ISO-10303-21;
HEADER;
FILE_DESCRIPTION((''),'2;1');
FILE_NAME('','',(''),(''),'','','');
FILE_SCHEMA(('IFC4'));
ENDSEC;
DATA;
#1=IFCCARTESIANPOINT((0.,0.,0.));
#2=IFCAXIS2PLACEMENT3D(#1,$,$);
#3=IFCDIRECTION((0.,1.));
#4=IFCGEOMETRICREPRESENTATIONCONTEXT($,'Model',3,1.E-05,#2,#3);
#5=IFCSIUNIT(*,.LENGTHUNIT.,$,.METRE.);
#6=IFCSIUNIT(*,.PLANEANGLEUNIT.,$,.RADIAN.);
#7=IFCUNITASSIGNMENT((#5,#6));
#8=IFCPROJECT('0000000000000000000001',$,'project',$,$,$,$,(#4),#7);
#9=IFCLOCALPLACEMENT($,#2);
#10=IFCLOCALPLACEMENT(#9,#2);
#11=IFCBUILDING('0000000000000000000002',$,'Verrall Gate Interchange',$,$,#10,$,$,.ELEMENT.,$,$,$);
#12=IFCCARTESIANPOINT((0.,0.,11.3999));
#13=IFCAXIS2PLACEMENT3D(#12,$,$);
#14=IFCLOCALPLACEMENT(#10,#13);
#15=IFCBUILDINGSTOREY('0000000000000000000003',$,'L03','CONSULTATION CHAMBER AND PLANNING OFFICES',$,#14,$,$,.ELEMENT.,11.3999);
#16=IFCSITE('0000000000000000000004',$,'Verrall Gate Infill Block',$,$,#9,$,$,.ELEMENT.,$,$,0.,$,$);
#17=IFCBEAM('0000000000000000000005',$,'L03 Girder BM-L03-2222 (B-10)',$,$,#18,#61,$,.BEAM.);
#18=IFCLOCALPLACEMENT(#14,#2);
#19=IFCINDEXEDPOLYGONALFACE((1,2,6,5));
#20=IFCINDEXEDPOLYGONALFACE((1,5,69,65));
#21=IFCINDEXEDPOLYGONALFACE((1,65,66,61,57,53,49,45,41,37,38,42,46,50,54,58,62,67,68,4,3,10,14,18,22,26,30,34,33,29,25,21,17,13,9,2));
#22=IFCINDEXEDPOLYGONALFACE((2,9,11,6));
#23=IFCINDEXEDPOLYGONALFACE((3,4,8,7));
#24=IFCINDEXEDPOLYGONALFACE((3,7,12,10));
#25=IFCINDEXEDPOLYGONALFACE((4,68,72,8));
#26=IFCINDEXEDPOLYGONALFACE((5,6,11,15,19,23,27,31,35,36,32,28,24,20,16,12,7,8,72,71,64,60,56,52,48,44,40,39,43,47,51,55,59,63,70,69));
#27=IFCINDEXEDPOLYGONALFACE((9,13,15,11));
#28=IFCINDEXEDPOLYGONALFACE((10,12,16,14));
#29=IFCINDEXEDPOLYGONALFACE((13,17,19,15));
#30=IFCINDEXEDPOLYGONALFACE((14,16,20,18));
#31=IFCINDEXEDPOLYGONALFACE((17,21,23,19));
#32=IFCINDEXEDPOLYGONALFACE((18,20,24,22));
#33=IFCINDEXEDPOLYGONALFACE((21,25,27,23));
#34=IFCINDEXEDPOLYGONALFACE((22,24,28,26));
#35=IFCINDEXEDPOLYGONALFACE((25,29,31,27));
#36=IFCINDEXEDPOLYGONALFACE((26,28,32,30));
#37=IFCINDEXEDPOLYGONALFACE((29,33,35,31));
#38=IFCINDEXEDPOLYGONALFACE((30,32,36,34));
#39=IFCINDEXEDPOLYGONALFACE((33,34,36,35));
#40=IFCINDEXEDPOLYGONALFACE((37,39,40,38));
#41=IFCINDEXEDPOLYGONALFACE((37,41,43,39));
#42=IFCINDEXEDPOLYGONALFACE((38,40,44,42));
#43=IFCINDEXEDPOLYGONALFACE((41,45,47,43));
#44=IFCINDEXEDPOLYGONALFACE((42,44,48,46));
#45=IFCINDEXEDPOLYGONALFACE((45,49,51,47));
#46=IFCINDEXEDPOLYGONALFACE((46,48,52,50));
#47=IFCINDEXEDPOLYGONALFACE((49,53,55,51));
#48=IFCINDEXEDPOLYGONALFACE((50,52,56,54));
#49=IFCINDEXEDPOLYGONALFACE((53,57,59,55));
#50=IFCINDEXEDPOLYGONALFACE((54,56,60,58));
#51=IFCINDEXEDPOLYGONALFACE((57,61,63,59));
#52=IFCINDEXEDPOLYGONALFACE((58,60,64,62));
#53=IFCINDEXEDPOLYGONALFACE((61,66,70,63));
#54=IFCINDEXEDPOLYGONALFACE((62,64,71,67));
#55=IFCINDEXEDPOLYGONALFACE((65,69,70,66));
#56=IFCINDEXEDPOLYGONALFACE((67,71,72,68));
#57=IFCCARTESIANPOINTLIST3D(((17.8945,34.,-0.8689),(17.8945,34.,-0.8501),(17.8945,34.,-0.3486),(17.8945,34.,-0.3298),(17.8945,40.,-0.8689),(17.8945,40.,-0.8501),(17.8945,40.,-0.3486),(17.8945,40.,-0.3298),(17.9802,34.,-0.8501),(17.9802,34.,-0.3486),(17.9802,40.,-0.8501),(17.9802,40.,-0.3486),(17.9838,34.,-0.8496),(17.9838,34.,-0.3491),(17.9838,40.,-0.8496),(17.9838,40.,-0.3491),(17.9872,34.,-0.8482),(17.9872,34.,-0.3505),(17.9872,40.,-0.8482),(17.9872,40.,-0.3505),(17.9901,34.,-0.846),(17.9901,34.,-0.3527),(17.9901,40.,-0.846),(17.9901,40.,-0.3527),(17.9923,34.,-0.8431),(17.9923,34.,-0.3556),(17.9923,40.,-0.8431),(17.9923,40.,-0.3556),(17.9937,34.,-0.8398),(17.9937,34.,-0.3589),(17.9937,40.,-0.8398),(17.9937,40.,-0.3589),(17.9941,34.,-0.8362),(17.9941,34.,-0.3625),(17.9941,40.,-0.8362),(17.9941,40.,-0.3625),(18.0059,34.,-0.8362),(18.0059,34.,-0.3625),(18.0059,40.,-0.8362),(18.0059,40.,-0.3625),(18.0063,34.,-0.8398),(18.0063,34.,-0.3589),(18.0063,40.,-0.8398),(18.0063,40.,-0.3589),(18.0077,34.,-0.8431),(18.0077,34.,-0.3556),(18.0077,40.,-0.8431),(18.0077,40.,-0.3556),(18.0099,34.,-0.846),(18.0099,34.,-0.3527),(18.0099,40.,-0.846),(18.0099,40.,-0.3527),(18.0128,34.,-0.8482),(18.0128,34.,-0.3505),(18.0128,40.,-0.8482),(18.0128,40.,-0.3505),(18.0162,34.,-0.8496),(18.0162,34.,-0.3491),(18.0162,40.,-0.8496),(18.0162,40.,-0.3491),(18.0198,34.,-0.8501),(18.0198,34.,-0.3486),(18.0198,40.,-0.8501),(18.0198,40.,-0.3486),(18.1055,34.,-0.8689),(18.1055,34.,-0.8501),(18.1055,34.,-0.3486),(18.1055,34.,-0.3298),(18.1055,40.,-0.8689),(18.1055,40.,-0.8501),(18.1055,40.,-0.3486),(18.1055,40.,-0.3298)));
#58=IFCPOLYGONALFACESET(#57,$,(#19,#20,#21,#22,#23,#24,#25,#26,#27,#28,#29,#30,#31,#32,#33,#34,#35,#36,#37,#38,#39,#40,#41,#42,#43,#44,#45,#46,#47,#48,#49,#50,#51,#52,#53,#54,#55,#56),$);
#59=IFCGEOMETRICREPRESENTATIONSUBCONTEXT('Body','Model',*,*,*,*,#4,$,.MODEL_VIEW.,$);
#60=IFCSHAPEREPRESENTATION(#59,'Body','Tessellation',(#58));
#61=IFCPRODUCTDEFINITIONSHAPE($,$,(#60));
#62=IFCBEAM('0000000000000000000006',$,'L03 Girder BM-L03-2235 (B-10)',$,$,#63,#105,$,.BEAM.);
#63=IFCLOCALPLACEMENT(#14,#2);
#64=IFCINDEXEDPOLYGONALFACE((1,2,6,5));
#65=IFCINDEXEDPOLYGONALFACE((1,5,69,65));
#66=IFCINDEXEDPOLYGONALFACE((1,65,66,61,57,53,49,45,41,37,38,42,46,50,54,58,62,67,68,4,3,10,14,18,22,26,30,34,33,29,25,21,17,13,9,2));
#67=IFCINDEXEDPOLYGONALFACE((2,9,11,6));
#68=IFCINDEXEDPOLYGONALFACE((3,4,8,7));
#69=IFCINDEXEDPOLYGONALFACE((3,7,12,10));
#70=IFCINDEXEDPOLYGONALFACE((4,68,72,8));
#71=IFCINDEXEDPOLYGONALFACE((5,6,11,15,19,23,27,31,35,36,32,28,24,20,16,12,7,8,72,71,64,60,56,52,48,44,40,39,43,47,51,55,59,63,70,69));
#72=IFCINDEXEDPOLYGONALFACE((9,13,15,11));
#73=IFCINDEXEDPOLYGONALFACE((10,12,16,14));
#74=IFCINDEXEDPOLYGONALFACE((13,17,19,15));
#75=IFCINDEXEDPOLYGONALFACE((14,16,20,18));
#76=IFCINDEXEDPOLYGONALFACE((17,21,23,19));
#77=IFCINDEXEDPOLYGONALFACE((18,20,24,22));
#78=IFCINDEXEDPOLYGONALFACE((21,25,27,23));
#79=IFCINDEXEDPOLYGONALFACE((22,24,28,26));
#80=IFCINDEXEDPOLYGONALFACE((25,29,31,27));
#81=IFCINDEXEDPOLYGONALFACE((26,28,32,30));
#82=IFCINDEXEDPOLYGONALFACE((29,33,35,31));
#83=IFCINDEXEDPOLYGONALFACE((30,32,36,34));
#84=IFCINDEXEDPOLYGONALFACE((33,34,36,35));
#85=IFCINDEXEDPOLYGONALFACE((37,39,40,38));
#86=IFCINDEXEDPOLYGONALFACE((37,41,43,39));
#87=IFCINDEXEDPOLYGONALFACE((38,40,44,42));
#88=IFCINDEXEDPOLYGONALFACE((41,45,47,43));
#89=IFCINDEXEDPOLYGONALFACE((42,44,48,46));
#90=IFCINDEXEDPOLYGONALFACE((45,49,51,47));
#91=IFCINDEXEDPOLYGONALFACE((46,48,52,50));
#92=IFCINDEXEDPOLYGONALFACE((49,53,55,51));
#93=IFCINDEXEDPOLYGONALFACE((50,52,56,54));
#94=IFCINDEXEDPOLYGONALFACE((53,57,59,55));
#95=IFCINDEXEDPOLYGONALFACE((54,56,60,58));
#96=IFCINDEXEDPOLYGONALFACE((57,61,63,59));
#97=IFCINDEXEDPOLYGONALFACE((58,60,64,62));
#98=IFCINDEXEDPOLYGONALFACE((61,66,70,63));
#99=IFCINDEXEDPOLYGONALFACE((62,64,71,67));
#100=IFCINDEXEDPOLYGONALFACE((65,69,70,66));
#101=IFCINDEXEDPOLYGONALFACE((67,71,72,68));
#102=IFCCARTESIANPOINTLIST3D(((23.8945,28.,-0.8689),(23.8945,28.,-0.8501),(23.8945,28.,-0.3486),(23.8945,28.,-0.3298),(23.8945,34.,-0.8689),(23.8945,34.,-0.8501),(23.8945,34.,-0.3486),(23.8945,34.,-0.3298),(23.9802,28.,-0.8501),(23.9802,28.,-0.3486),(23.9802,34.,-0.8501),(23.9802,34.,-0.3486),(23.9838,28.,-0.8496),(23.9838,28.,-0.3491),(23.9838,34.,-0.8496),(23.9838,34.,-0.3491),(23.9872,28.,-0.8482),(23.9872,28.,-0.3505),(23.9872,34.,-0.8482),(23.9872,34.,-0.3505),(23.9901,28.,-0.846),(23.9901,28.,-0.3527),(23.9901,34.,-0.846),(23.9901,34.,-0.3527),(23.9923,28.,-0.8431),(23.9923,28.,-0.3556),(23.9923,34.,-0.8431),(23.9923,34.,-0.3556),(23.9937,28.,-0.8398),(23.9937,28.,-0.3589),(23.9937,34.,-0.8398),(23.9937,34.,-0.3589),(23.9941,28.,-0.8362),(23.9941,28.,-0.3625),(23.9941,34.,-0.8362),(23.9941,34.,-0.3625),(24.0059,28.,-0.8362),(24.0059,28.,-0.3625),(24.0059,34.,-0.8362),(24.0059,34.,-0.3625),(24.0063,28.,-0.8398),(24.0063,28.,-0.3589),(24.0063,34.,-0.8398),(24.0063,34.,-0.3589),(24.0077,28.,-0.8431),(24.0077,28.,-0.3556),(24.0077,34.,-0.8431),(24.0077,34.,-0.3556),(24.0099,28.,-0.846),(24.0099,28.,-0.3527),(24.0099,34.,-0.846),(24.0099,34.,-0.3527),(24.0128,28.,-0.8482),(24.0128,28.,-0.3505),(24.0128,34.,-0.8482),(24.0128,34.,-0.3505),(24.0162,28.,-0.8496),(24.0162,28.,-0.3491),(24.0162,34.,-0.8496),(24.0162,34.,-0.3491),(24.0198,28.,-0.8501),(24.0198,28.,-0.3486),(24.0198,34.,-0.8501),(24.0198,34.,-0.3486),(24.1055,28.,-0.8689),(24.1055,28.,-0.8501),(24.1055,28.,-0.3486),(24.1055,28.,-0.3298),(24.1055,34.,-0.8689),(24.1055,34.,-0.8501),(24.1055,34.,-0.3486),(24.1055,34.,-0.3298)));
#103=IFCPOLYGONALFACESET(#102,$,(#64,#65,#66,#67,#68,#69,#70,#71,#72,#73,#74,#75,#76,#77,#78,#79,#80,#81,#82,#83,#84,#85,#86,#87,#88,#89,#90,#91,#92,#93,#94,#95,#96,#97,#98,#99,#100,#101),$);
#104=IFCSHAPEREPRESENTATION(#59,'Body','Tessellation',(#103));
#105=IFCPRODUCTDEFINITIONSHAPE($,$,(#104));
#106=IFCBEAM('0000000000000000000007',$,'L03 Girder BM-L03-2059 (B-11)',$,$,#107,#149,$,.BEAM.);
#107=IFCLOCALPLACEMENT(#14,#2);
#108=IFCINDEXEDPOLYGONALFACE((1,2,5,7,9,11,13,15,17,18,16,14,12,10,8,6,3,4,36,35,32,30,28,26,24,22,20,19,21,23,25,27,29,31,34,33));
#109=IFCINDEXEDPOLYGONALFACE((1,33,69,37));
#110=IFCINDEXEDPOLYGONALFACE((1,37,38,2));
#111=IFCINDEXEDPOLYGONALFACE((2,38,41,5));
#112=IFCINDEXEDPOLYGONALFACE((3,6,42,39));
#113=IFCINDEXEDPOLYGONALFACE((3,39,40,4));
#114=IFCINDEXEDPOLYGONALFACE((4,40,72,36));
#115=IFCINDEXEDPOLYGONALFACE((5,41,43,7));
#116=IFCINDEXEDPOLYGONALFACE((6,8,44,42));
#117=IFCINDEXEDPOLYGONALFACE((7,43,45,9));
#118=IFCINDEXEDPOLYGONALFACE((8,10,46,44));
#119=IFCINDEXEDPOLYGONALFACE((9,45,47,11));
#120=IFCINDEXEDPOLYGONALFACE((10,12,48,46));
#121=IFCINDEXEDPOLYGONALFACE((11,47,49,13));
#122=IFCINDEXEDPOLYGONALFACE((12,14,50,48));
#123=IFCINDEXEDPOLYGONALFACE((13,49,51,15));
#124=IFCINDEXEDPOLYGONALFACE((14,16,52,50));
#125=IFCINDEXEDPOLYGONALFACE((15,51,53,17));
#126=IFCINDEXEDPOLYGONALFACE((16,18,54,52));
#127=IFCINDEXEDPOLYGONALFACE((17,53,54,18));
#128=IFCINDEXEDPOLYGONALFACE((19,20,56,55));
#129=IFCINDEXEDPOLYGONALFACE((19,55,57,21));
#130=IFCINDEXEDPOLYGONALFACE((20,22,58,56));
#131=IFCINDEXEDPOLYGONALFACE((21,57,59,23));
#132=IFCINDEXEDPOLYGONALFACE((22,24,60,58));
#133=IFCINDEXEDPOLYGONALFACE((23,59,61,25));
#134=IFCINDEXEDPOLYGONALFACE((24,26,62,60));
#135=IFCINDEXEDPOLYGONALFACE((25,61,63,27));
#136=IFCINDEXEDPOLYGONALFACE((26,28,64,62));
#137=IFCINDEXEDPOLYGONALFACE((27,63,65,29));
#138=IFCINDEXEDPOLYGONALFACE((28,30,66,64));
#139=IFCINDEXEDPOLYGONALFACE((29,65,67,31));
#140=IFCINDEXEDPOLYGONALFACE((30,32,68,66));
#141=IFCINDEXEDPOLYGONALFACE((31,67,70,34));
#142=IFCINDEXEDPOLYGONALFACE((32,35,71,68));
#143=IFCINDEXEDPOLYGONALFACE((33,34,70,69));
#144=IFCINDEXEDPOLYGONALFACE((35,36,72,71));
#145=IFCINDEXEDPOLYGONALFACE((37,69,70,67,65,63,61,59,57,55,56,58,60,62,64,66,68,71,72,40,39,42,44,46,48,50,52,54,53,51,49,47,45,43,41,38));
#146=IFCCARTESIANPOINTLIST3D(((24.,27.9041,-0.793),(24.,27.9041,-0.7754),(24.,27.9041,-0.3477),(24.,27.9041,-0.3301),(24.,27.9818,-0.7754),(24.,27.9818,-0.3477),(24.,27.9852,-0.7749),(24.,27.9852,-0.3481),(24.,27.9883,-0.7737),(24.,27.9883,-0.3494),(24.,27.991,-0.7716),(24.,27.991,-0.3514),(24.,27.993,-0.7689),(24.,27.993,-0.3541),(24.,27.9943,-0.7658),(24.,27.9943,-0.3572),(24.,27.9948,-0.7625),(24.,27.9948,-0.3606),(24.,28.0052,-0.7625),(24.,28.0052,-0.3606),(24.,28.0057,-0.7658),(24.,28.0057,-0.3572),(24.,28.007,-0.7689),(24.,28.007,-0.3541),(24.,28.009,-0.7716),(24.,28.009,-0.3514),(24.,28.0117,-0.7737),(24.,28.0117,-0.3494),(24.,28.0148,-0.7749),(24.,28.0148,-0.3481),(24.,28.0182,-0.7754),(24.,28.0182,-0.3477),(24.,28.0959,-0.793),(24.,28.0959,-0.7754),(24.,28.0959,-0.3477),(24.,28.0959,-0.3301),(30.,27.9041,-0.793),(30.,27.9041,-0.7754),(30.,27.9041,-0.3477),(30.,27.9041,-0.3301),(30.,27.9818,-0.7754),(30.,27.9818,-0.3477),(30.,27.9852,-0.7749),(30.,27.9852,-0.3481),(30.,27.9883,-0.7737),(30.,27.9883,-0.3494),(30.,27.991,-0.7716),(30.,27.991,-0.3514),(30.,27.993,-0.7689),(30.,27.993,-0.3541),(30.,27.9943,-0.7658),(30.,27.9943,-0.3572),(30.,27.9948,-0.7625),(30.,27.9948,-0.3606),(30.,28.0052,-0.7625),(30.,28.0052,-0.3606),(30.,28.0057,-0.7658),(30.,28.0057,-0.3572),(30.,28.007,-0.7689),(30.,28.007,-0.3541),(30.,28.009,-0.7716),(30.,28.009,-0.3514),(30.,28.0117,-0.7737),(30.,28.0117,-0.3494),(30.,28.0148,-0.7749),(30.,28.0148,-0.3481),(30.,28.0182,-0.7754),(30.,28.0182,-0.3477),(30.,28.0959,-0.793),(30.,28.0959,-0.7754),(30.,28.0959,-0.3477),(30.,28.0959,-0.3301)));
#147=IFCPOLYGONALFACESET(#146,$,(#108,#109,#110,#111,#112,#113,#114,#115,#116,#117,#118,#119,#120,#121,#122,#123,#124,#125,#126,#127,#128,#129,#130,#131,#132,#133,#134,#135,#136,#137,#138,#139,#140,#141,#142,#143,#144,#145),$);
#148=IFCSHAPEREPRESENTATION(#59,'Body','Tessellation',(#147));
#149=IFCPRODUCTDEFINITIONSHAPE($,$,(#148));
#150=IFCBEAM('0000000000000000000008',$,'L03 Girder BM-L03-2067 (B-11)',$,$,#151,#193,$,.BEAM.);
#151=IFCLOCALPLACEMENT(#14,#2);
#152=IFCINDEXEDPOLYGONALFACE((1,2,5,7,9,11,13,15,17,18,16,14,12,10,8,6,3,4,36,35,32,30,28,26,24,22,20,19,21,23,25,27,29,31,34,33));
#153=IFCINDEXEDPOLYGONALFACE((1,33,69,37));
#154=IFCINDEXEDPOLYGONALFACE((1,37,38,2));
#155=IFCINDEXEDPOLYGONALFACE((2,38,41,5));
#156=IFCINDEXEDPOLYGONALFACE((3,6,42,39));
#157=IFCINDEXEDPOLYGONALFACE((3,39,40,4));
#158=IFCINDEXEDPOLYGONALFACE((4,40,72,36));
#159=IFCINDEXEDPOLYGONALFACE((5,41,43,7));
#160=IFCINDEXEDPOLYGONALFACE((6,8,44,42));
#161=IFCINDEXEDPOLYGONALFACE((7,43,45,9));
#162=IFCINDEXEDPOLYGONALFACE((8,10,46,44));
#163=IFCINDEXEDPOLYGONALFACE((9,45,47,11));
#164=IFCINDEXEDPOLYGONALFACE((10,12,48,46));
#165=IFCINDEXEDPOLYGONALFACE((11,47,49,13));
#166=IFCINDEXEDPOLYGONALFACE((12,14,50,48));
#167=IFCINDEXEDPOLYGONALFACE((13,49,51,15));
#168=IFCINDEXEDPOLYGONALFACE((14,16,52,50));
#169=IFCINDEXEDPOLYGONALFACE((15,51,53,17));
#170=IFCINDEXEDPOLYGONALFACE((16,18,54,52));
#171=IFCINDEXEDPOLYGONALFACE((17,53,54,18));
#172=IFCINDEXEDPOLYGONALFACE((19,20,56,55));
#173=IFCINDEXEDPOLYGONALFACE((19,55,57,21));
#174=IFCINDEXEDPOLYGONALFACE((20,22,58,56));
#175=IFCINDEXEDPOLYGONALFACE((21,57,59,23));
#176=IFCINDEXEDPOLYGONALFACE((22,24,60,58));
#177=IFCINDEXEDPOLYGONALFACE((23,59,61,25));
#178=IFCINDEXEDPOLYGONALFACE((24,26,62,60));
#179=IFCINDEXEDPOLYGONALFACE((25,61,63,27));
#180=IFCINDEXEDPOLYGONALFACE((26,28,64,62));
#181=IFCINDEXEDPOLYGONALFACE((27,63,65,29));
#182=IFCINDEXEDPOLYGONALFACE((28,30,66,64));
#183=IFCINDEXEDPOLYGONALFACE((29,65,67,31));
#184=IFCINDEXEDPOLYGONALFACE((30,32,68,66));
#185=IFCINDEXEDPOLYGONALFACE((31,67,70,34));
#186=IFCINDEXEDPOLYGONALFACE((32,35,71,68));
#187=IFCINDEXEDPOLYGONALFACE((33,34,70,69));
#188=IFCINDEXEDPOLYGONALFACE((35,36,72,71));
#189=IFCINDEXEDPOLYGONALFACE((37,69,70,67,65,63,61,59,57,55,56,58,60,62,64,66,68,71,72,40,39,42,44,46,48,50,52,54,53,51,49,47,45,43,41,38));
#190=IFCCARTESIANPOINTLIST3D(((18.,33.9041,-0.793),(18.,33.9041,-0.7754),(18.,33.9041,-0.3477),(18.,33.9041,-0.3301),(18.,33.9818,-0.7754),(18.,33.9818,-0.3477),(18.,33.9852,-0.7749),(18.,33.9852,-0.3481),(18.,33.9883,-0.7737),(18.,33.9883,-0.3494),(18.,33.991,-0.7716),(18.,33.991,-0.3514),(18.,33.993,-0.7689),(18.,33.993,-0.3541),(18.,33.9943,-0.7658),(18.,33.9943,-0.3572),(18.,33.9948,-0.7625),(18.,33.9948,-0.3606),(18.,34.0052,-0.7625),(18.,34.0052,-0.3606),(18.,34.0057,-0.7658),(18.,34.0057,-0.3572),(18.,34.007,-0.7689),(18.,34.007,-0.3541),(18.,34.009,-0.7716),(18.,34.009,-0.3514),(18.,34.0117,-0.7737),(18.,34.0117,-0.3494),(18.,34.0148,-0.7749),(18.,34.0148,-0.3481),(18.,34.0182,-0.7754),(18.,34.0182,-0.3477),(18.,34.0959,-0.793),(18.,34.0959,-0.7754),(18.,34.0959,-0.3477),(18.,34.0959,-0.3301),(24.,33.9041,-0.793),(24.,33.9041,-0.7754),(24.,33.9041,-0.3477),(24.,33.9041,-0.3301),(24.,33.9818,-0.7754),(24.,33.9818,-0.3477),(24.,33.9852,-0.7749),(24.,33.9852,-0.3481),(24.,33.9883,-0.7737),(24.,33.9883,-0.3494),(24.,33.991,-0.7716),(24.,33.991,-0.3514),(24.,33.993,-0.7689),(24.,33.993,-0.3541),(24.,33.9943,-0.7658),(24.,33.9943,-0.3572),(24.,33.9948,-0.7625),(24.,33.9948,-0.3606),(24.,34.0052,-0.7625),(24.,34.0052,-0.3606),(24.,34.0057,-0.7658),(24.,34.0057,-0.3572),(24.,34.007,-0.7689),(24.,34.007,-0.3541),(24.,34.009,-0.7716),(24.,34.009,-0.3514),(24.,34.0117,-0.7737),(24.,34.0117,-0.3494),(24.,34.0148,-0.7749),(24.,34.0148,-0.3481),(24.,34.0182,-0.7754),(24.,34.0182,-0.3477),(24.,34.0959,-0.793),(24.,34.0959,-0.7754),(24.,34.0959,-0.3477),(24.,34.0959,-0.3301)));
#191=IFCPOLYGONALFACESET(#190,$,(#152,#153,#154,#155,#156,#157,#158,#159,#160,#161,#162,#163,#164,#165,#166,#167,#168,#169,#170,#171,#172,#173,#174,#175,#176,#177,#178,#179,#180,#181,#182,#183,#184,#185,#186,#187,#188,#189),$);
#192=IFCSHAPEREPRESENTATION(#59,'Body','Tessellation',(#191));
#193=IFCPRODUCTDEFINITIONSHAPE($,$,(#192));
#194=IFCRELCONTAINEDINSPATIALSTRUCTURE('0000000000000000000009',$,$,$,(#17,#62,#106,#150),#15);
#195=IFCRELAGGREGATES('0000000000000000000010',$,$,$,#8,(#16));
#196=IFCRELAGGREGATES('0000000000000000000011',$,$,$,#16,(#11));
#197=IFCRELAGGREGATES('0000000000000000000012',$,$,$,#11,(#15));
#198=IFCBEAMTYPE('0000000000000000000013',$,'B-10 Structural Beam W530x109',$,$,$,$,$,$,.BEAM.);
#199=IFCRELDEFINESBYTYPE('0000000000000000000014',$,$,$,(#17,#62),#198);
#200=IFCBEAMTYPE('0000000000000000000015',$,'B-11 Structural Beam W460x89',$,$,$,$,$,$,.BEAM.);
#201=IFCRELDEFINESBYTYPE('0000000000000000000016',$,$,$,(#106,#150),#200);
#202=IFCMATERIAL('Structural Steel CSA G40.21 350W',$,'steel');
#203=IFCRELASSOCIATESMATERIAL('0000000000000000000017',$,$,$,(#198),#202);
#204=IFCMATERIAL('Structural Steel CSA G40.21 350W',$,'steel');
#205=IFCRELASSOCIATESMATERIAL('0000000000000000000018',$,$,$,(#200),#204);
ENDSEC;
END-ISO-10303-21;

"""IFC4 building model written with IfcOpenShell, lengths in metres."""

from ifc_helpers import new_model, si_unit, direction, frame, origin, origin_2d, place, context, subcontext, project, spatial, i_section, extrude, material, material_profile, profile_set, type_object, element, save


model = new_model("IFC4")

# Units and contexts
model_context = context("Model", 3, precision=1e-05, world=origin(), true_north=direction((0.0, 1.0)))
body_context = subcontext(model_context, "Body", "Model", "MODEL_VIEW")
ifc_project = project(units=[si_unit("LENGTHUNIT", "METRE"), si_unit("PLANEANGLEUNIT", "RADIAN")], contexts=[model_context])

# Site, building, storey
site_placement = place(None, origin())
site = spatial("IfcSite", under=ifc_project, at=site_placement, Name="Verrall Gate Infill Block", CompositionType="ELEMENT", RefElevation=0.0)
building_placement = place(site_placement, origin())
building = spatial("IfcBuilding", under=site, at=building_placement, Name="Verrall Gate Interchange", CompositionType="ELEMENT")
storey_placement = place(building_placement, frame((0.0, 0.0, 11.3999)))
storey = spatial("IfcBuildingStorey", under=building, at=storey_placement, Name="L03", Description="CONSULTATION CHAMBER AND PLANNING OFFICES", CompositionType="ELEMENT", Elevation=11.3999)

# Beams
ifc_material_1 = material(Name="Structural Steel CSA G40.21 350W", Category="steel")
ifc_material_profile_1 = material_profile(ifc_material_1, i_section(OverallWidth=0.2109, OverallDepth=0.5391, WebThickness=0.0117, FlangeThickness=0.0188, FilletRadius=0.0139, at=origin_2d()), Name="W530x109")
ifc_profile_set_1 = profile_set([ifc_material_profile_1], Name="Structural Steel CSA G40.21 350W")
beam_type_1 = type_object("IfcBeamType", Name="B-10 Structural Beam W530x109", PredefinedType="BEAM", material=ifc_profile_set_1)
for number, where, z_axis, x_axis, name in (
    (1, (18.0, 34.0, -0.5994), (0.0, 1.0, 0.0), (-1.0, 0.0, 0.0), "L03 Girder BM-L03-2222 (B-10)"),
    (2, (24.0, 28.0, -0.5994), (0.0, 1.0, 0.0), (-1.0, 0.0, 0.0), "L03 Girder BM-L03-2235 (B-10)"),
):
    element("IfcBeam", number, at=place(storey_placement, frame(where, z_axis=z_axis, x_axis=x_axis)), inside=storey, type_object=beam_type_1, Name=name, PredefinedType="BEAM", context=body_context, shape_type="SweptSolid", body=[
        extrude(i_section(OverallWidth=0.2109, OverallDepth=0.5391, WebThickness=0.0117, FlangeThickness=0.0188, FilletRadius=0.0139, at=origin_2d()), origin(), (0.0, 0.0, 1.0), 6.0),
    ])
ifc_material_2 = material(Name="Structural Steel CSA G40.21 350W", Category="steel")
ifc_material_profile_2 = material_profile(ifc_material_2, i_section(OverallWidth=0.1919, OverallDepth=0.4629, WebThickness=0.0105, FlangeThickness=0.0176, FilletRadius=0.0129, at=origin_2d()), Name="W460x89")
ifc_profile_set_2 = profile_set([ifc_material_profile_2], Name="Structural Steel CSA G40.21 350W")
beam_type_2 = type_object("IfcBeamType", Name="B-11 Structural Beam W460x89", PredefinedType="BEAM", material=ifc_profile_set_2)
for number, where, z_axis, x_axis, name in (
    (3, (24.0, 28.0, -0.5615), (1.0, 0.0, 0.0), (0.0, 1.0, 0.0), "L03 Girder BM-L03-2059 (B-11)"),
    (4, (18.0, 34.0, -0.5615), (1.0, 0.0, 0.0), (0.0, 1.0, 0.0), "L03 Girder BM-L03-2067 (B-11)"),
):
    element("IfcBeam", number, at=place(storey_placement, frame(where, z_axis=z_axis, x_axis=x_axis)), inside=storey, type_object=beam_type_2, Name=name, PredefinedType="BEAM", context=body_context, shape_type="SweptSolid", body=[
        extrude(i_section(OverallWidth=0.1919, OverallDepth=0.4629, WebThickness=0.0105, FlangeThickness=0.0176, FilletRadius=0.0129, at=origin_2d()), origin(), (0.0, 0.0, 1.0), 6.0),
    ])

save(model, "model.ifc")
